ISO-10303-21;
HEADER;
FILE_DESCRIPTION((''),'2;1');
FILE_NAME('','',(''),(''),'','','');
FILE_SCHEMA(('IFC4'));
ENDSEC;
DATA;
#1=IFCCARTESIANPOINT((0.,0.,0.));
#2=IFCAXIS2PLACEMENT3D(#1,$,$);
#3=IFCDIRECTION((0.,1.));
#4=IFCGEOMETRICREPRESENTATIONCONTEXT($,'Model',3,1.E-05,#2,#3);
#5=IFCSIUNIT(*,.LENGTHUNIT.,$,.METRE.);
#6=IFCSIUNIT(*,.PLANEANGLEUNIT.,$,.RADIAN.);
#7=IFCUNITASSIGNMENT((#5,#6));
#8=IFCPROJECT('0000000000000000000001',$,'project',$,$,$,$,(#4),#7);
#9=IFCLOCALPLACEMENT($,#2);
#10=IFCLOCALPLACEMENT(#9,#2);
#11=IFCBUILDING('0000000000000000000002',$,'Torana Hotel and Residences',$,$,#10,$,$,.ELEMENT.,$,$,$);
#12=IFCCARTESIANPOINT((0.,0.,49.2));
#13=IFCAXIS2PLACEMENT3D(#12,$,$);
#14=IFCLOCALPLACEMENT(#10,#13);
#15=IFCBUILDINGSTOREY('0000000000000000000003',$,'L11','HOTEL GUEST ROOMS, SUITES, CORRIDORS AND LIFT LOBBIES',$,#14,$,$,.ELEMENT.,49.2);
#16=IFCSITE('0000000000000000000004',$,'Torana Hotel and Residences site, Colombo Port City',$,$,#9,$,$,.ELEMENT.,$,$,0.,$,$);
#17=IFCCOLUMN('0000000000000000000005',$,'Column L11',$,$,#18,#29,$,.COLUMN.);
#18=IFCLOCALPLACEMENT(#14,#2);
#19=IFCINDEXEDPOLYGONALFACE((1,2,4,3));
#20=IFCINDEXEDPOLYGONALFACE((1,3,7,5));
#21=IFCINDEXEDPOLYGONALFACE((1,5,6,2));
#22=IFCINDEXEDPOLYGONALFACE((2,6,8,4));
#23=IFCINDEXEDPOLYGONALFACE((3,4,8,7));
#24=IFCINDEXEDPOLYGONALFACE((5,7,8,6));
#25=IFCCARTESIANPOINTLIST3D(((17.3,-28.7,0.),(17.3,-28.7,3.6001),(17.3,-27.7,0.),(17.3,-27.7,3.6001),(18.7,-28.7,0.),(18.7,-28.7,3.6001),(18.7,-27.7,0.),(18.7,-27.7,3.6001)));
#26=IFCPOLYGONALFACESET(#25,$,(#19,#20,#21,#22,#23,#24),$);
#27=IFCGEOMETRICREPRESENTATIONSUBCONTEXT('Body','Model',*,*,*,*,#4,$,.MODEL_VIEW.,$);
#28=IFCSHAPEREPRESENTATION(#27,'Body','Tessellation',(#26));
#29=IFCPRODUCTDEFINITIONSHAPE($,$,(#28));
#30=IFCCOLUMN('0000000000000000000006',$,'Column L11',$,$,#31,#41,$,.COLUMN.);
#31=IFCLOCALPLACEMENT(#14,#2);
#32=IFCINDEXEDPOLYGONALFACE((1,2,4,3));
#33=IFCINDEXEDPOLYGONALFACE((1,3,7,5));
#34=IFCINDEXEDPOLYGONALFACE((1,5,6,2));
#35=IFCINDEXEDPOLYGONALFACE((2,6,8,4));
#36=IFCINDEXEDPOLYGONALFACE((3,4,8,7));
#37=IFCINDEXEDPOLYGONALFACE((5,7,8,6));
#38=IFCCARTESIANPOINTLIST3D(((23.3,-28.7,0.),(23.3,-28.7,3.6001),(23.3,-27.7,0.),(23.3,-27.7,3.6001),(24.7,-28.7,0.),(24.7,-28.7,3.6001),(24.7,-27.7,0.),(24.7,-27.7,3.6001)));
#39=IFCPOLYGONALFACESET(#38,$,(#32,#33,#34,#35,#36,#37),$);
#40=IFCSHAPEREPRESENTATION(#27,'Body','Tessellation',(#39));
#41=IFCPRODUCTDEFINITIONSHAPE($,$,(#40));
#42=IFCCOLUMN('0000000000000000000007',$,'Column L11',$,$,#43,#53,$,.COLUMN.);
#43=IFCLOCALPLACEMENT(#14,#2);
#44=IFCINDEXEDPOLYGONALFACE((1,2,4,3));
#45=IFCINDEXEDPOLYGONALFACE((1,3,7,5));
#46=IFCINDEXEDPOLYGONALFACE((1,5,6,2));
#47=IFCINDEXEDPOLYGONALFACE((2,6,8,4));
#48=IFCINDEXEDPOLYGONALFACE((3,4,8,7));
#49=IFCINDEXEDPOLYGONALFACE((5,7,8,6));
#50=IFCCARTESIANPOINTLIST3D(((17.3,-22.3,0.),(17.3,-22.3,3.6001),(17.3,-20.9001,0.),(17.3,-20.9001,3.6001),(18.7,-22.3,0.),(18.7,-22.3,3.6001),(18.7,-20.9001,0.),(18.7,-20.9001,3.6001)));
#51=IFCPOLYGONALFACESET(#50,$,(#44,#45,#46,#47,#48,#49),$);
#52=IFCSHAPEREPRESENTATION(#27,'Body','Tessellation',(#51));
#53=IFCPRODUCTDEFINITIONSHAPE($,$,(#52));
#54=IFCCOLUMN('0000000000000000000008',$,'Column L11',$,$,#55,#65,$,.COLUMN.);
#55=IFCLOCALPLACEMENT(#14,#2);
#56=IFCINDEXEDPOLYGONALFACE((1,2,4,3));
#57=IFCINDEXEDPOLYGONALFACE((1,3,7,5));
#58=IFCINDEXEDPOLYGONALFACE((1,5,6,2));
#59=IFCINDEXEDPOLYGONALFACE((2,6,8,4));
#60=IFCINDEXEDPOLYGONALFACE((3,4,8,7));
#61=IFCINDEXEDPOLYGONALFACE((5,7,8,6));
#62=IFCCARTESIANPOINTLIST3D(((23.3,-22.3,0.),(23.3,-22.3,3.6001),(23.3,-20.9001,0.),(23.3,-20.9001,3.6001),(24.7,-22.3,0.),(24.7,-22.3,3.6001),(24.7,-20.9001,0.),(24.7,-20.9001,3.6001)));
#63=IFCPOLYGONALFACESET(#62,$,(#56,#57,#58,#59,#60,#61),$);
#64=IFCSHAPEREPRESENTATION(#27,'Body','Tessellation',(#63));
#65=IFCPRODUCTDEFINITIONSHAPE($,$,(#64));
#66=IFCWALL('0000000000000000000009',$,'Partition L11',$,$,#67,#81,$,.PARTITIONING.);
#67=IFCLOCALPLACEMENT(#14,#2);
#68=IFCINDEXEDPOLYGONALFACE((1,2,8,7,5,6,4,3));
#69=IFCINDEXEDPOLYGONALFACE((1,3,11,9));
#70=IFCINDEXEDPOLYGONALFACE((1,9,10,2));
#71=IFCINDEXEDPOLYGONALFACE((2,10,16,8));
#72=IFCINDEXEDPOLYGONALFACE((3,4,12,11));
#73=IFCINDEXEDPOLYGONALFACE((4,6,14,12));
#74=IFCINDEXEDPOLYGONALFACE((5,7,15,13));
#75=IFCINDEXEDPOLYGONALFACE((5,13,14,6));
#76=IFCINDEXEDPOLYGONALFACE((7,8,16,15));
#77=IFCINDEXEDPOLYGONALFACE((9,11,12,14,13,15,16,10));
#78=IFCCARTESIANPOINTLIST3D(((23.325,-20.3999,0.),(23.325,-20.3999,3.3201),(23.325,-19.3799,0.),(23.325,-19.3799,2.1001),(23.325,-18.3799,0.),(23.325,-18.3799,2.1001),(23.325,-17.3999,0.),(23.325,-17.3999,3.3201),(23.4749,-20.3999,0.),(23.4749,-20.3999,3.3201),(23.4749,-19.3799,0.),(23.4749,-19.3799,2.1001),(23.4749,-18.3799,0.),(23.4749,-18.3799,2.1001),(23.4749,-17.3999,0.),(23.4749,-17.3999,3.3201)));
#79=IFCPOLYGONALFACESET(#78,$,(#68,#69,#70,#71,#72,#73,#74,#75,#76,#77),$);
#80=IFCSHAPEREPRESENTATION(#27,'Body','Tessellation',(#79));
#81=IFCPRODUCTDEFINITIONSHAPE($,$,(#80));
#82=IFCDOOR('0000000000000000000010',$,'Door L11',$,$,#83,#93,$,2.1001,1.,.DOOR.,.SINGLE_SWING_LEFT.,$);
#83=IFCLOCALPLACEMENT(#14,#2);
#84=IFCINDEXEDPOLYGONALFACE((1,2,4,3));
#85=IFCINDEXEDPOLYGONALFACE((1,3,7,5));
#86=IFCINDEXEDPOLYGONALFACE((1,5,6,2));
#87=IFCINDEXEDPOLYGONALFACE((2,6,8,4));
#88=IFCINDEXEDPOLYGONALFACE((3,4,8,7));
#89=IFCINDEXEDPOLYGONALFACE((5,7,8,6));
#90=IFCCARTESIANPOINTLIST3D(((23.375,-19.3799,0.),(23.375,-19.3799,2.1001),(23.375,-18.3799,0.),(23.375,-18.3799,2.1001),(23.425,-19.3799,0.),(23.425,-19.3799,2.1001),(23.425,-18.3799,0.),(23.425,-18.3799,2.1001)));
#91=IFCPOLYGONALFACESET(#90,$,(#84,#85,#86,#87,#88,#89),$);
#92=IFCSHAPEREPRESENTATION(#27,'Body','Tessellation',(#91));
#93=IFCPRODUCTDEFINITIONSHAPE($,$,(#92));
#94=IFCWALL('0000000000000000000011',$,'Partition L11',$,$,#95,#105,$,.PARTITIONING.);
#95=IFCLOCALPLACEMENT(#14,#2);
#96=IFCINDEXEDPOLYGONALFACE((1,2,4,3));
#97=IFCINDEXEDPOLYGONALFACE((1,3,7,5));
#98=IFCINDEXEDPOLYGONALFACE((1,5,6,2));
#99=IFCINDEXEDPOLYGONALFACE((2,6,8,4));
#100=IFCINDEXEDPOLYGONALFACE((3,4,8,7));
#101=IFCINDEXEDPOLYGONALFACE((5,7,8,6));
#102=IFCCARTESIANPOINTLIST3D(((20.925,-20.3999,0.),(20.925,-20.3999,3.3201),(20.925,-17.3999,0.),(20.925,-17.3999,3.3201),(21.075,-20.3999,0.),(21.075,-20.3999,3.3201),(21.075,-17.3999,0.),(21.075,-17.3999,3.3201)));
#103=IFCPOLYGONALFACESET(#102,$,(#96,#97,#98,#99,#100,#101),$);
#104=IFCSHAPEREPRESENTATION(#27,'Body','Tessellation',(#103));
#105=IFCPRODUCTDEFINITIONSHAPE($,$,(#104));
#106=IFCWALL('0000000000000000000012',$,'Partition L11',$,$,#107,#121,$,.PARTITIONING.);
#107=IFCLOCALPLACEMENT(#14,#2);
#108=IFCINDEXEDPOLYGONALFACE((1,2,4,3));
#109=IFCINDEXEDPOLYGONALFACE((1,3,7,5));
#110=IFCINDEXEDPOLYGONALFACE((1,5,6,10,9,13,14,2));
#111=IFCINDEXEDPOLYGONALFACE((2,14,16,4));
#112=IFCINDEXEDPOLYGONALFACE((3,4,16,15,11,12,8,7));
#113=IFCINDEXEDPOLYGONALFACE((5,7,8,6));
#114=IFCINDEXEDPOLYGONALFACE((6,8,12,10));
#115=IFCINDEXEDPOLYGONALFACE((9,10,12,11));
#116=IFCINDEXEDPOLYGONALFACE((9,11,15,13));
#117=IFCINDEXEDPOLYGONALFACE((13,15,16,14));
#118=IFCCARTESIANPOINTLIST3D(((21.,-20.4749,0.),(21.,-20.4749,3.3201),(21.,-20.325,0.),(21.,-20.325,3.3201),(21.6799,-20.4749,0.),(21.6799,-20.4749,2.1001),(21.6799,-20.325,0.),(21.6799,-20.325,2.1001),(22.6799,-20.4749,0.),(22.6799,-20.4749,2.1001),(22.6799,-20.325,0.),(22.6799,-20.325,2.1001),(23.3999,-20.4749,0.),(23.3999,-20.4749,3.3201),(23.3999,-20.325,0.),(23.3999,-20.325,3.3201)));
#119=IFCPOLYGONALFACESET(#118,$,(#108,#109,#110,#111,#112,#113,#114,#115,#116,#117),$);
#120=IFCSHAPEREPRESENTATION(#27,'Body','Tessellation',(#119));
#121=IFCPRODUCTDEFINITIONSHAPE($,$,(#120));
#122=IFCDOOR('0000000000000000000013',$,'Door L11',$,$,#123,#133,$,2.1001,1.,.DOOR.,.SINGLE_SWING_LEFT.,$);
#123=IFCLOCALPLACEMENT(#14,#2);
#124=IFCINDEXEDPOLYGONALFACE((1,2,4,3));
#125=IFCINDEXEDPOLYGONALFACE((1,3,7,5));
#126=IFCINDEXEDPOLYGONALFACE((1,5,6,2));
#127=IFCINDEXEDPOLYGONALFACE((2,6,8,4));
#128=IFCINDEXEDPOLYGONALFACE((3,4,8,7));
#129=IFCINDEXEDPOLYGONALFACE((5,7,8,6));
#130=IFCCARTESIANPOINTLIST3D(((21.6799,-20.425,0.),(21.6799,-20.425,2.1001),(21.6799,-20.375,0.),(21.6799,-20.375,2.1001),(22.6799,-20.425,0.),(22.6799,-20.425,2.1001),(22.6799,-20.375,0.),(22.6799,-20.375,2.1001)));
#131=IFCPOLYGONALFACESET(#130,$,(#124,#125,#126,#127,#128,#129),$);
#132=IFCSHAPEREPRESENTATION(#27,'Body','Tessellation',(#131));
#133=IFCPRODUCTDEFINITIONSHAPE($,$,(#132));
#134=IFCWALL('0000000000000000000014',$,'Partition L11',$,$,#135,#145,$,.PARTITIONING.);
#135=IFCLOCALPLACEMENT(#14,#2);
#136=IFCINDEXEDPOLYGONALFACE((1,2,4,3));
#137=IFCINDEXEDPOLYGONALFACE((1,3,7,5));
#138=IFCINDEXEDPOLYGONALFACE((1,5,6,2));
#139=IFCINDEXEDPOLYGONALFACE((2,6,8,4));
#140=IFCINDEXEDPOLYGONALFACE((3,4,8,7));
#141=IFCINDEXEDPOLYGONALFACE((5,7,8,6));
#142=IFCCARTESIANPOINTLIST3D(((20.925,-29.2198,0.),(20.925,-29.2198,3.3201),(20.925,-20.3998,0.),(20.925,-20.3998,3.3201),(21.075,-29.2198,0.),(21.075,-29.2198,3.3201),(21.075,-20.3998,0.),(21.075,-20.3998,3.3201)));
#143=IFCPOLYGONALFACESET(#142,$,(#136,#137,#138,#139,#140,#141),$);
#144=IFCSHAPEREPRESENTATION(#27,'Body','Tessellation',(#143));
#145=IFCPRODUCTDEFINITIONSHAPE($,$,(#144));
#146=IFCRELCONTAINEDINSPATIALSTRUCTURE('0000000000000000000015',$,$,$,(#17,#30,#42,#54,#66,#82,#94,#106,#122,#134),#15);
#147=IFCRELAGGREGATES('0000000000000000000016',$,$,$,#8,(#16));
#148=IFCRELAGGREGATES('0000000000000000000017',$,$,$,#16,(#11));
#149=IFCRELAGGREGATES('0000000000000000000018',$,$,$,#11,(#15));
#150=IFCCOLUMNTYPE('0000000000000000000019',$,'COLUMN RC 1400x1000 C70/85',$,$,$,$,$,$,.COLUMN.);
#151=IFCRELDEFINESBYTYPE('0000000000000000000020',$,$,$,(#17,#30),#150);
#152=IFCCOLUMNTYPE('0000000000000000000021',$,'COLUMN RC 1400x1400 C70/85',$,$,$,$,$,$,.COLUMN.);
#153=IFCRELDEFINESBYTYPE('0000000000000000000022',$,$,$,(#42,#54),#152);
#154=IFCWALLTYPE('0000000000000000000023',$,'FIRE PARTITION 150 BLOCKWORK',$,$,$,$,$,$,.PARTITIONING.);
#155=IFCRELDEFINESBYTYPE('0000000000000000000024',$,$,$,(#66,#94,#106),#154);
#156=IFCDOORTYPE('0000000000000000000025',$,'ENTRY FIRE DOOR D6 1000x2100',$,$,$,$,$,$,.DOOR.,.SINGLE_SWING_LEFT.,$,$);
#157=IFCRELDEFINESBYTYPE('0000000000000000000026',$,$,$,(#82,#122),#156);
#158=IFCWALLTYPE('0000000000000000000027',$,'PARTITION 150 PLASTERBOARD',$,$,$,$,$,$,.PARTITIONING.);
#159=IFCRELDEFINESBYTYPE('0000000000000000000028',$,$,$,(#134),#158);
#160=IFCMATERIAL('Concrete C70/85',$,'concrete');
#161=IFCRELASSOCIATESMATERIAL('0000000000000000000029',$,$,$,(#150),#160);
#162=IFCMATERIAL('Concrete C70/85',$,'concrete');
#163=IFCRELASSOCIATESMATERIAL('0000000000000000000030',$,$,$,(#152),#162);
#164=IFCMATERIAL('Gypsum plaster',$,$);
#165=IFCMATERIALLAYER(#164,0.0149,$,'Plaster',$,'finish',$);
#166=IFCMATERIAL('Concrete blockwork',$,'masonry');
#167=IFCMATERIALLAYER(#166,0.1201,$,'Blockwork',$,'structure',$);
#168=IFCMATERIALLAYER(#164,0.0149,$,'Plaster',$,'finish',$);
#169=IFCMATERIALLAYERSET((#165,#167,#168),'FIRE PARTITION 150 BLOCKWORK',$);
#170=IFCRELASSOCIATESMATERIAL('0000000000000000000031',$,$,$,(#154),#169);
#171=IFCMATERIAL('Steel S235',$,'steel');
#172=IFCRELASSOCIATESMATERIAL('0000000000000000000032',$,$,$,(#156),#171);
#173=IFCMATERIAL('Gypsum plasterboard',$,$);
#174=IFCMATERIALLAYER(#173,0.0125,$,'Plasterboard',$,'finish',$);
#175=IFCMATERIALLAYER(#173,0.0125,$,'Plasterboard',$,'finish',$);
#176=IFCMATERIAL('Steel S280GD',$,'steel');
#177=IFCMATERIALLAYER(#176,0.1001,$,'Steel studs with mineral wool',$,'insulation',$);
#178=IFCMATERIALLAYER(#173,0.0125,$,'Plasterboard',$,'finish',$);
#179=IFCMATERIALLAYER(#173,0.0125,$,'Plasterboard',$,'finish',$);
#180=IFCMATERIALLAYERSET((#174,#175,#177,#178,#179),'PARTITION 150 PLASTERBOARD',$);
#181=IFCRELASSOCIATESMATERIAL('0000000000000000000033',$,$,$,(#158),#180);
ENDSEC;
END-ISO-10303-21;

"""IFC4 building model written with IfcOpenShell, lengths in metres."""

from ifc_helpers import new_model, si_unit, direction, frame, frame_2d, origin, origin_2d, place, context, subcontext, project, spatial, rectangle, extrude, material, layer, layer_set, material_profile, profile_set, type_object, element, fill, save


model = new_model("IFC4")

# Units and contexts
model_context = context("Model", 3, precision=1e-05, world=origin(), true_north=direction((0.0, 1.0)))
body_context = subcontext(model_context, "Body", "Model", "MODEL_VIEW")
ifc_project = project(units=[si_unit("LENGTHUNIT", "METRE"), si_unit("PLANEANGLEUNIT", "RADIAN")], contexts=[model_context])

# Site, building, storey
site_placement = place(None, origin())
site = spatial("IfcSite", under=ifc_project, at=site_placement, Name="Torana Hotel and Residences site, Colombo Port City", CompositionType="ELEMENT", RefElevation=0.0)
building_placement = place(site_placement, origin())
building = spatial("IfcBuilding", under=site, at=building_placement, Name="Torana Hotel and Residences", CompositionType="ELEMENT")
storey_placement = place(building_placement, frame((0.0, 0.0, 49.2)))
storey = spatial("IfcBuildingStorey", under=building, at=storey_placement, Name="L11", Description="HOTEL GUEST ROOMS, SUITES, CORRIDORS AND LIFT LOBBIES", CompositionType="ELEMENT", Elevation=49.2)

# Columns
ifc_material_1 = material(Name="Concrete C70/85", Category="concrete")
ifc_material_profile_1 = material_profile(ifc_material_1, rectangle(XDim=1.3999, YDim=1.0, at=origin_2d()), Name="RC 1400x1000")
ifc_profile_set_1 = profile_set([ifc_material_profile_1], Name="Concrete C70/85")
column_type_1 = type_object("IfcColumnType", Name="COLUMN RC 1400x1000 C70/85", PredefinedType="COLUMN", material=ifc_profile_set_1)
for number, where, z_axis, x_axis, name in (
    (1, (18.0, -28.2, 0.0), (0.0, 0.0, 1.0), (1.0, 0.0, 0.0), "Column L11"),
    (2, (24.0, -28.2, 0.0), (0.0, 0.0, 1.0), (1.0, 0.0, 0.0), "Column L11"),
):
    element("IfcColumn", number, at=place(storey_placement, frame(where, z_axis=z_axis, x_axis=x_axis)), inside=storey, type_object=column_type_1, Name=name, PredefinedType="COLUMN", context=body_context, shape_type="SweptSolid", body=[
        extrude(rectangle(XDim=1.3999, YDim=1.0, at=origin_2d()), origin(), (0.0, 0.0, 1.0), 3.6001),
    ])
ifc_material_2 = material(Name="Concrete C70/85", Category="concrete")
ifc_material_profile_2 = material_profile(ifc_material_2, rectangle(XDim=1.3999, YDim=1.3999, at=origin_2d()), Name="RC 1400x1400")
ifc_profile_set_2 = profile_set([ifc_material_profile_2], Name="Concrete C70/85")
column_type_2 = type_object("IfcColumnType", Name="COLUMN RC 1400x1400 C70/85", PredefinedType="COLUMN", material=ifc_profile_set_2)
for number, where, z_axis, x_axis, name in (
    (3, (18.0, -21.6001, 0.0), (0.0, 0.0, 1.0), (1.0, 0.0, 0.0), "Column L11"),
    (4, (24.0, -21.6001, 0.0), (0.0, 0.0, 1.0), (1.0, 0.0, 0.0), "Column L11"),
):
    element("IfcColumn", number, at=place(storey_placement, frame(where, z_axis=z_axis, x_axis=x_axis)), inside=storey, type_object=column_type_2, Name=name, PredefinedType="COLUMN", context=body_context, shape_type="SweptSolid", body=[
        extrude(rectangle(XDim=1.3999, YDim=1.3999, at=origin_2d()), origin(), (0.0, 0.0, 1.0), 3.6001),
    ])

# Wall, opening, door
ifc_material_3 = material(Name="Gypsum plaster")
ifc_layer_1 = layer(ifc_material_3, 0.0149, Name="Plaster", Category="finish")
ifc_material_4 = material(Name="Concrete blockwork", Category="masonry")
ifc_layer_2 = layer(ifc_material_4, 0.1201, Name="Blockwork", Category="structure")
ifc_layer_3 = layer(ifc_material_3, 0.0149, Name="Plaster", Category="finish")
ifc_layer_set_1 = layer_set([ifc_layer_1, ifc_layer_2, ifc_layer_3], Name="FIRE PARTITION 150 BLOCKWORK")
wall_type_1 = type_object("IfcWallType", Name="FIRE PARTITION 150 BLOCKWORK", PredefinedType="PARTITIONING", material=ifc_layer_set_1)
wall_1_placement = place(storey_placement, frame((23.3999, -20.3999, 0.0), z_axis=(0.0, 0.0, 1.0), x_axis=(0.0, 1.0, 0.0)))
wall_1 = element("IfcWall", 5, at=wall_1_placement, inside=storey, type_object=wall_type_1, Name="Partition L11", PredefinedType="PARTITIONING", context=body_context, shape_type="SweptSolid", body=[
    extrude(rectangle(XDim=3.0, YDim=0.1499, at=frame_2d((1.5, 0.0))), origin(), (0.0, 0.0, 1.0), 3.3201),
])
opening_1_placement = place(wall_1_placement, frame((1.02, 0.0, 0.0)))
opening_1 = element("IfcOpeningElement", 6, at=opening_1_placement, cuts=wall_1, PredefinedType="OPENING", context=body_context, shape_type="SweptSolid", body=[
    extrude(rectangle(XDim=1.0, YDim=2.1001, at=frame_2d((0.5, 1.05))), frame((0.0, 0.085, 0.0), z_axis=(0.0, -1.0, 0.0), x_axis=(1.0, 0.0, 0.0)), (0.0, 0.0, 1.0), 0.1699),
])
ifc_material_5 = material(Name="Steel S235", Category="steel")
door_type_1 = type_object("IfcDoorType", Name="ENTRY FIRE DOOR D6 1000x2100", OperationType="SINGLE_SWING_LEFT", PredefinedType="DOOR", material=ifc_material_5)
door_1_placement = place(opening_1_placement, frame((0.5, 0.0, 0.0), z_axis=(0.0, 0.0, 1.0), x_axis=(-1.0, 0.0, 0.0)))
door_1 = element("IfcDoor", 7, at=door_1_placement, inside=storey, type_object=door_type_1, Name="Door L11", OperationType="SINGLE_SWING_LEFT", OverallHeight=2.1001, OverallWidth=1.0, PredefinedType="DOOR", context=body_context, shape_type="SweptSolid", body=[
    extrude(rectangle(XDim=1.0, YDim=2.1001, at=frame_2d((0.0, 1.05))), frame((0.0, -0.0249, 0.0), z_axis=(0.0, 1.0, 0.0), x_axis=(-1.0, 0.0, 0.0)), (0.0, 0.0, 1.0), 0.05),
])
fill(opening_1, door_1)

# Wall
wall_2_placement = place(storey_placement, frame((21.0, -20.3999, 0.0), z_axis=(0.0, 0.0, 1.0), x_axis=(0.0, 1.0, 0.0)))
element("IfcWall", 8, at=wall_2_placement, inside=storey, type_object=wall_type_1, Name="Partition L11", PredefinedType="PARTITIONING", context=body_context, shape_type="SweptSolid", body=[
    extrude(rectangle(XDim=3.0, YDim=0.1499, at=frame_2d((1.5, 0.0))), origin(), (0.0, 0.0, 1.0), 3.3201),
])

# Wall, opening, door
wall_3_placement = place(storey_placement, frame((21.0, -20.3999, 0.0), z_axis=(0.0, 0.0, 1.0), x_axis=(1.0, 0.0, 0.0)))
wall_3 = element("IfcWall", 9, at=wall_3_placement, inside=storey, type_object=wall_type_1, Name="Partition L11", PredefinedType="PARTITIONING", context=body_context, shape_type="SweptSolid", body=[
    extrude(rectangle(XDim=2.3999, YDim=0.1499, at=frame_2d((1.2, 0.0))), origin(), (0.0, 0.0, 1.0), 3.3201),
])
opening_2_placement = place(wall_3_placement, frame((0.6799, 0.0, 0.0)))
opening_2 = element("IfcOpeningElement", 10, at=opening_2_placement, cuts=wall_3, PredefinedType="OPENING", context=body_context, shape_type="SweptSolid", body=[
    extrude(rectangle(XDim=1.0, YDim=2.1001, at=frame_2d((0.5, 1.05))), frame((0.0, 0.085, 0.0), z_axis=(0.0, -1.0, 0.0), x_axis=(1.0, 0.0, 0.0)), (0.0, 0.0, 1.0), 0.1699),
])
door_2_placement = place(opening_2_placement, frame((0.5, 0.0, 0.0), z_axis=(0.0, 0.0, 1.0), x_axis=(-1.0, 0.0, 0.0)))
door_2 = element("IfcDoor", 11, at=door_2_placement, inside=storey, type_object=door_type_1, Name="Door L11", OperationType="SINGLE_SWING_LEFT", OverallHeight=2.1001, OverallWidth=1.0, PredefinedType="DOOR", context=body_context, shape_type="SweptSolid", body=[
    extrude(rectangle(XDim=1.0, YDim=2.1001, at=frame_2d((0.0, 1.05))), frame((0.0, -0.0249, 0.0), z_axis=(0.0, 1.0, 0.0), x_axis=(-1.0, 0.0, 0.0)), (0.0, 0.0, 1.0), 0.05),
])
fill(opening_2, door_2)

# Wall
ifc_material_6 = material(Name="Gypsum plasterboard")
ifc_layer_4 = layer(ifc_material_6, 0.0125, Name="Plasterboard", Category="finish")
ifc_layer_5 = layer(ifc_material_6, 0.0125, Name="Plasterboard", Category="finish")
ifc_material_7 = material(Name="Steel S280GD", Category="steel")
ifc_layer_6 = layer(ifc_material_7, 0.1001, Name="Steel studs with mineral wool", Category="insulation")
ifc_layer_7 = layer(ifc_material_6, 0.0125, Name="Plasterboard", Category="finish")
ifc_layer_8 = layer(ifc_material_6, 0.0125, Name="Plasterboard", Category="finish")
ifc_layer_set_2 = layer_set([ifc_layer_4, ifc_layer_5, ifc_layer_6, ifc_layer_7, ifc_layer_8], Name="PARTITION 150 PLASTERBOARD")
wall_type_2 = type_object("IfcWallType", Name="PARTITION 150 PLASTERBOARD", PredefinedType="PARTITIONING", material=ifc_layer_set_2)
wall_4_placement = place(storey_placement, frame((21.0, -29.22, 0.0), z_axis=(0.0, 0.0, 1.0), x_axis=(0.0, 1.0, 0.0)))
element("IfcWall", 12, at=wall_4_placement, inside=storey, type_object=wall_type_2, Name="Partition L11", PredefinedType="PARTITIONING", context=body_context, shape_type="SweptSolid", body=[
    extrude(rectangle(XDim=8.8201, YDim=0.1499, at=frame_2d((4.4102, 0.0))), origin(), (0.0, 0.0, 1.0), 3.3201),
])

save(model, "model.ifc")
